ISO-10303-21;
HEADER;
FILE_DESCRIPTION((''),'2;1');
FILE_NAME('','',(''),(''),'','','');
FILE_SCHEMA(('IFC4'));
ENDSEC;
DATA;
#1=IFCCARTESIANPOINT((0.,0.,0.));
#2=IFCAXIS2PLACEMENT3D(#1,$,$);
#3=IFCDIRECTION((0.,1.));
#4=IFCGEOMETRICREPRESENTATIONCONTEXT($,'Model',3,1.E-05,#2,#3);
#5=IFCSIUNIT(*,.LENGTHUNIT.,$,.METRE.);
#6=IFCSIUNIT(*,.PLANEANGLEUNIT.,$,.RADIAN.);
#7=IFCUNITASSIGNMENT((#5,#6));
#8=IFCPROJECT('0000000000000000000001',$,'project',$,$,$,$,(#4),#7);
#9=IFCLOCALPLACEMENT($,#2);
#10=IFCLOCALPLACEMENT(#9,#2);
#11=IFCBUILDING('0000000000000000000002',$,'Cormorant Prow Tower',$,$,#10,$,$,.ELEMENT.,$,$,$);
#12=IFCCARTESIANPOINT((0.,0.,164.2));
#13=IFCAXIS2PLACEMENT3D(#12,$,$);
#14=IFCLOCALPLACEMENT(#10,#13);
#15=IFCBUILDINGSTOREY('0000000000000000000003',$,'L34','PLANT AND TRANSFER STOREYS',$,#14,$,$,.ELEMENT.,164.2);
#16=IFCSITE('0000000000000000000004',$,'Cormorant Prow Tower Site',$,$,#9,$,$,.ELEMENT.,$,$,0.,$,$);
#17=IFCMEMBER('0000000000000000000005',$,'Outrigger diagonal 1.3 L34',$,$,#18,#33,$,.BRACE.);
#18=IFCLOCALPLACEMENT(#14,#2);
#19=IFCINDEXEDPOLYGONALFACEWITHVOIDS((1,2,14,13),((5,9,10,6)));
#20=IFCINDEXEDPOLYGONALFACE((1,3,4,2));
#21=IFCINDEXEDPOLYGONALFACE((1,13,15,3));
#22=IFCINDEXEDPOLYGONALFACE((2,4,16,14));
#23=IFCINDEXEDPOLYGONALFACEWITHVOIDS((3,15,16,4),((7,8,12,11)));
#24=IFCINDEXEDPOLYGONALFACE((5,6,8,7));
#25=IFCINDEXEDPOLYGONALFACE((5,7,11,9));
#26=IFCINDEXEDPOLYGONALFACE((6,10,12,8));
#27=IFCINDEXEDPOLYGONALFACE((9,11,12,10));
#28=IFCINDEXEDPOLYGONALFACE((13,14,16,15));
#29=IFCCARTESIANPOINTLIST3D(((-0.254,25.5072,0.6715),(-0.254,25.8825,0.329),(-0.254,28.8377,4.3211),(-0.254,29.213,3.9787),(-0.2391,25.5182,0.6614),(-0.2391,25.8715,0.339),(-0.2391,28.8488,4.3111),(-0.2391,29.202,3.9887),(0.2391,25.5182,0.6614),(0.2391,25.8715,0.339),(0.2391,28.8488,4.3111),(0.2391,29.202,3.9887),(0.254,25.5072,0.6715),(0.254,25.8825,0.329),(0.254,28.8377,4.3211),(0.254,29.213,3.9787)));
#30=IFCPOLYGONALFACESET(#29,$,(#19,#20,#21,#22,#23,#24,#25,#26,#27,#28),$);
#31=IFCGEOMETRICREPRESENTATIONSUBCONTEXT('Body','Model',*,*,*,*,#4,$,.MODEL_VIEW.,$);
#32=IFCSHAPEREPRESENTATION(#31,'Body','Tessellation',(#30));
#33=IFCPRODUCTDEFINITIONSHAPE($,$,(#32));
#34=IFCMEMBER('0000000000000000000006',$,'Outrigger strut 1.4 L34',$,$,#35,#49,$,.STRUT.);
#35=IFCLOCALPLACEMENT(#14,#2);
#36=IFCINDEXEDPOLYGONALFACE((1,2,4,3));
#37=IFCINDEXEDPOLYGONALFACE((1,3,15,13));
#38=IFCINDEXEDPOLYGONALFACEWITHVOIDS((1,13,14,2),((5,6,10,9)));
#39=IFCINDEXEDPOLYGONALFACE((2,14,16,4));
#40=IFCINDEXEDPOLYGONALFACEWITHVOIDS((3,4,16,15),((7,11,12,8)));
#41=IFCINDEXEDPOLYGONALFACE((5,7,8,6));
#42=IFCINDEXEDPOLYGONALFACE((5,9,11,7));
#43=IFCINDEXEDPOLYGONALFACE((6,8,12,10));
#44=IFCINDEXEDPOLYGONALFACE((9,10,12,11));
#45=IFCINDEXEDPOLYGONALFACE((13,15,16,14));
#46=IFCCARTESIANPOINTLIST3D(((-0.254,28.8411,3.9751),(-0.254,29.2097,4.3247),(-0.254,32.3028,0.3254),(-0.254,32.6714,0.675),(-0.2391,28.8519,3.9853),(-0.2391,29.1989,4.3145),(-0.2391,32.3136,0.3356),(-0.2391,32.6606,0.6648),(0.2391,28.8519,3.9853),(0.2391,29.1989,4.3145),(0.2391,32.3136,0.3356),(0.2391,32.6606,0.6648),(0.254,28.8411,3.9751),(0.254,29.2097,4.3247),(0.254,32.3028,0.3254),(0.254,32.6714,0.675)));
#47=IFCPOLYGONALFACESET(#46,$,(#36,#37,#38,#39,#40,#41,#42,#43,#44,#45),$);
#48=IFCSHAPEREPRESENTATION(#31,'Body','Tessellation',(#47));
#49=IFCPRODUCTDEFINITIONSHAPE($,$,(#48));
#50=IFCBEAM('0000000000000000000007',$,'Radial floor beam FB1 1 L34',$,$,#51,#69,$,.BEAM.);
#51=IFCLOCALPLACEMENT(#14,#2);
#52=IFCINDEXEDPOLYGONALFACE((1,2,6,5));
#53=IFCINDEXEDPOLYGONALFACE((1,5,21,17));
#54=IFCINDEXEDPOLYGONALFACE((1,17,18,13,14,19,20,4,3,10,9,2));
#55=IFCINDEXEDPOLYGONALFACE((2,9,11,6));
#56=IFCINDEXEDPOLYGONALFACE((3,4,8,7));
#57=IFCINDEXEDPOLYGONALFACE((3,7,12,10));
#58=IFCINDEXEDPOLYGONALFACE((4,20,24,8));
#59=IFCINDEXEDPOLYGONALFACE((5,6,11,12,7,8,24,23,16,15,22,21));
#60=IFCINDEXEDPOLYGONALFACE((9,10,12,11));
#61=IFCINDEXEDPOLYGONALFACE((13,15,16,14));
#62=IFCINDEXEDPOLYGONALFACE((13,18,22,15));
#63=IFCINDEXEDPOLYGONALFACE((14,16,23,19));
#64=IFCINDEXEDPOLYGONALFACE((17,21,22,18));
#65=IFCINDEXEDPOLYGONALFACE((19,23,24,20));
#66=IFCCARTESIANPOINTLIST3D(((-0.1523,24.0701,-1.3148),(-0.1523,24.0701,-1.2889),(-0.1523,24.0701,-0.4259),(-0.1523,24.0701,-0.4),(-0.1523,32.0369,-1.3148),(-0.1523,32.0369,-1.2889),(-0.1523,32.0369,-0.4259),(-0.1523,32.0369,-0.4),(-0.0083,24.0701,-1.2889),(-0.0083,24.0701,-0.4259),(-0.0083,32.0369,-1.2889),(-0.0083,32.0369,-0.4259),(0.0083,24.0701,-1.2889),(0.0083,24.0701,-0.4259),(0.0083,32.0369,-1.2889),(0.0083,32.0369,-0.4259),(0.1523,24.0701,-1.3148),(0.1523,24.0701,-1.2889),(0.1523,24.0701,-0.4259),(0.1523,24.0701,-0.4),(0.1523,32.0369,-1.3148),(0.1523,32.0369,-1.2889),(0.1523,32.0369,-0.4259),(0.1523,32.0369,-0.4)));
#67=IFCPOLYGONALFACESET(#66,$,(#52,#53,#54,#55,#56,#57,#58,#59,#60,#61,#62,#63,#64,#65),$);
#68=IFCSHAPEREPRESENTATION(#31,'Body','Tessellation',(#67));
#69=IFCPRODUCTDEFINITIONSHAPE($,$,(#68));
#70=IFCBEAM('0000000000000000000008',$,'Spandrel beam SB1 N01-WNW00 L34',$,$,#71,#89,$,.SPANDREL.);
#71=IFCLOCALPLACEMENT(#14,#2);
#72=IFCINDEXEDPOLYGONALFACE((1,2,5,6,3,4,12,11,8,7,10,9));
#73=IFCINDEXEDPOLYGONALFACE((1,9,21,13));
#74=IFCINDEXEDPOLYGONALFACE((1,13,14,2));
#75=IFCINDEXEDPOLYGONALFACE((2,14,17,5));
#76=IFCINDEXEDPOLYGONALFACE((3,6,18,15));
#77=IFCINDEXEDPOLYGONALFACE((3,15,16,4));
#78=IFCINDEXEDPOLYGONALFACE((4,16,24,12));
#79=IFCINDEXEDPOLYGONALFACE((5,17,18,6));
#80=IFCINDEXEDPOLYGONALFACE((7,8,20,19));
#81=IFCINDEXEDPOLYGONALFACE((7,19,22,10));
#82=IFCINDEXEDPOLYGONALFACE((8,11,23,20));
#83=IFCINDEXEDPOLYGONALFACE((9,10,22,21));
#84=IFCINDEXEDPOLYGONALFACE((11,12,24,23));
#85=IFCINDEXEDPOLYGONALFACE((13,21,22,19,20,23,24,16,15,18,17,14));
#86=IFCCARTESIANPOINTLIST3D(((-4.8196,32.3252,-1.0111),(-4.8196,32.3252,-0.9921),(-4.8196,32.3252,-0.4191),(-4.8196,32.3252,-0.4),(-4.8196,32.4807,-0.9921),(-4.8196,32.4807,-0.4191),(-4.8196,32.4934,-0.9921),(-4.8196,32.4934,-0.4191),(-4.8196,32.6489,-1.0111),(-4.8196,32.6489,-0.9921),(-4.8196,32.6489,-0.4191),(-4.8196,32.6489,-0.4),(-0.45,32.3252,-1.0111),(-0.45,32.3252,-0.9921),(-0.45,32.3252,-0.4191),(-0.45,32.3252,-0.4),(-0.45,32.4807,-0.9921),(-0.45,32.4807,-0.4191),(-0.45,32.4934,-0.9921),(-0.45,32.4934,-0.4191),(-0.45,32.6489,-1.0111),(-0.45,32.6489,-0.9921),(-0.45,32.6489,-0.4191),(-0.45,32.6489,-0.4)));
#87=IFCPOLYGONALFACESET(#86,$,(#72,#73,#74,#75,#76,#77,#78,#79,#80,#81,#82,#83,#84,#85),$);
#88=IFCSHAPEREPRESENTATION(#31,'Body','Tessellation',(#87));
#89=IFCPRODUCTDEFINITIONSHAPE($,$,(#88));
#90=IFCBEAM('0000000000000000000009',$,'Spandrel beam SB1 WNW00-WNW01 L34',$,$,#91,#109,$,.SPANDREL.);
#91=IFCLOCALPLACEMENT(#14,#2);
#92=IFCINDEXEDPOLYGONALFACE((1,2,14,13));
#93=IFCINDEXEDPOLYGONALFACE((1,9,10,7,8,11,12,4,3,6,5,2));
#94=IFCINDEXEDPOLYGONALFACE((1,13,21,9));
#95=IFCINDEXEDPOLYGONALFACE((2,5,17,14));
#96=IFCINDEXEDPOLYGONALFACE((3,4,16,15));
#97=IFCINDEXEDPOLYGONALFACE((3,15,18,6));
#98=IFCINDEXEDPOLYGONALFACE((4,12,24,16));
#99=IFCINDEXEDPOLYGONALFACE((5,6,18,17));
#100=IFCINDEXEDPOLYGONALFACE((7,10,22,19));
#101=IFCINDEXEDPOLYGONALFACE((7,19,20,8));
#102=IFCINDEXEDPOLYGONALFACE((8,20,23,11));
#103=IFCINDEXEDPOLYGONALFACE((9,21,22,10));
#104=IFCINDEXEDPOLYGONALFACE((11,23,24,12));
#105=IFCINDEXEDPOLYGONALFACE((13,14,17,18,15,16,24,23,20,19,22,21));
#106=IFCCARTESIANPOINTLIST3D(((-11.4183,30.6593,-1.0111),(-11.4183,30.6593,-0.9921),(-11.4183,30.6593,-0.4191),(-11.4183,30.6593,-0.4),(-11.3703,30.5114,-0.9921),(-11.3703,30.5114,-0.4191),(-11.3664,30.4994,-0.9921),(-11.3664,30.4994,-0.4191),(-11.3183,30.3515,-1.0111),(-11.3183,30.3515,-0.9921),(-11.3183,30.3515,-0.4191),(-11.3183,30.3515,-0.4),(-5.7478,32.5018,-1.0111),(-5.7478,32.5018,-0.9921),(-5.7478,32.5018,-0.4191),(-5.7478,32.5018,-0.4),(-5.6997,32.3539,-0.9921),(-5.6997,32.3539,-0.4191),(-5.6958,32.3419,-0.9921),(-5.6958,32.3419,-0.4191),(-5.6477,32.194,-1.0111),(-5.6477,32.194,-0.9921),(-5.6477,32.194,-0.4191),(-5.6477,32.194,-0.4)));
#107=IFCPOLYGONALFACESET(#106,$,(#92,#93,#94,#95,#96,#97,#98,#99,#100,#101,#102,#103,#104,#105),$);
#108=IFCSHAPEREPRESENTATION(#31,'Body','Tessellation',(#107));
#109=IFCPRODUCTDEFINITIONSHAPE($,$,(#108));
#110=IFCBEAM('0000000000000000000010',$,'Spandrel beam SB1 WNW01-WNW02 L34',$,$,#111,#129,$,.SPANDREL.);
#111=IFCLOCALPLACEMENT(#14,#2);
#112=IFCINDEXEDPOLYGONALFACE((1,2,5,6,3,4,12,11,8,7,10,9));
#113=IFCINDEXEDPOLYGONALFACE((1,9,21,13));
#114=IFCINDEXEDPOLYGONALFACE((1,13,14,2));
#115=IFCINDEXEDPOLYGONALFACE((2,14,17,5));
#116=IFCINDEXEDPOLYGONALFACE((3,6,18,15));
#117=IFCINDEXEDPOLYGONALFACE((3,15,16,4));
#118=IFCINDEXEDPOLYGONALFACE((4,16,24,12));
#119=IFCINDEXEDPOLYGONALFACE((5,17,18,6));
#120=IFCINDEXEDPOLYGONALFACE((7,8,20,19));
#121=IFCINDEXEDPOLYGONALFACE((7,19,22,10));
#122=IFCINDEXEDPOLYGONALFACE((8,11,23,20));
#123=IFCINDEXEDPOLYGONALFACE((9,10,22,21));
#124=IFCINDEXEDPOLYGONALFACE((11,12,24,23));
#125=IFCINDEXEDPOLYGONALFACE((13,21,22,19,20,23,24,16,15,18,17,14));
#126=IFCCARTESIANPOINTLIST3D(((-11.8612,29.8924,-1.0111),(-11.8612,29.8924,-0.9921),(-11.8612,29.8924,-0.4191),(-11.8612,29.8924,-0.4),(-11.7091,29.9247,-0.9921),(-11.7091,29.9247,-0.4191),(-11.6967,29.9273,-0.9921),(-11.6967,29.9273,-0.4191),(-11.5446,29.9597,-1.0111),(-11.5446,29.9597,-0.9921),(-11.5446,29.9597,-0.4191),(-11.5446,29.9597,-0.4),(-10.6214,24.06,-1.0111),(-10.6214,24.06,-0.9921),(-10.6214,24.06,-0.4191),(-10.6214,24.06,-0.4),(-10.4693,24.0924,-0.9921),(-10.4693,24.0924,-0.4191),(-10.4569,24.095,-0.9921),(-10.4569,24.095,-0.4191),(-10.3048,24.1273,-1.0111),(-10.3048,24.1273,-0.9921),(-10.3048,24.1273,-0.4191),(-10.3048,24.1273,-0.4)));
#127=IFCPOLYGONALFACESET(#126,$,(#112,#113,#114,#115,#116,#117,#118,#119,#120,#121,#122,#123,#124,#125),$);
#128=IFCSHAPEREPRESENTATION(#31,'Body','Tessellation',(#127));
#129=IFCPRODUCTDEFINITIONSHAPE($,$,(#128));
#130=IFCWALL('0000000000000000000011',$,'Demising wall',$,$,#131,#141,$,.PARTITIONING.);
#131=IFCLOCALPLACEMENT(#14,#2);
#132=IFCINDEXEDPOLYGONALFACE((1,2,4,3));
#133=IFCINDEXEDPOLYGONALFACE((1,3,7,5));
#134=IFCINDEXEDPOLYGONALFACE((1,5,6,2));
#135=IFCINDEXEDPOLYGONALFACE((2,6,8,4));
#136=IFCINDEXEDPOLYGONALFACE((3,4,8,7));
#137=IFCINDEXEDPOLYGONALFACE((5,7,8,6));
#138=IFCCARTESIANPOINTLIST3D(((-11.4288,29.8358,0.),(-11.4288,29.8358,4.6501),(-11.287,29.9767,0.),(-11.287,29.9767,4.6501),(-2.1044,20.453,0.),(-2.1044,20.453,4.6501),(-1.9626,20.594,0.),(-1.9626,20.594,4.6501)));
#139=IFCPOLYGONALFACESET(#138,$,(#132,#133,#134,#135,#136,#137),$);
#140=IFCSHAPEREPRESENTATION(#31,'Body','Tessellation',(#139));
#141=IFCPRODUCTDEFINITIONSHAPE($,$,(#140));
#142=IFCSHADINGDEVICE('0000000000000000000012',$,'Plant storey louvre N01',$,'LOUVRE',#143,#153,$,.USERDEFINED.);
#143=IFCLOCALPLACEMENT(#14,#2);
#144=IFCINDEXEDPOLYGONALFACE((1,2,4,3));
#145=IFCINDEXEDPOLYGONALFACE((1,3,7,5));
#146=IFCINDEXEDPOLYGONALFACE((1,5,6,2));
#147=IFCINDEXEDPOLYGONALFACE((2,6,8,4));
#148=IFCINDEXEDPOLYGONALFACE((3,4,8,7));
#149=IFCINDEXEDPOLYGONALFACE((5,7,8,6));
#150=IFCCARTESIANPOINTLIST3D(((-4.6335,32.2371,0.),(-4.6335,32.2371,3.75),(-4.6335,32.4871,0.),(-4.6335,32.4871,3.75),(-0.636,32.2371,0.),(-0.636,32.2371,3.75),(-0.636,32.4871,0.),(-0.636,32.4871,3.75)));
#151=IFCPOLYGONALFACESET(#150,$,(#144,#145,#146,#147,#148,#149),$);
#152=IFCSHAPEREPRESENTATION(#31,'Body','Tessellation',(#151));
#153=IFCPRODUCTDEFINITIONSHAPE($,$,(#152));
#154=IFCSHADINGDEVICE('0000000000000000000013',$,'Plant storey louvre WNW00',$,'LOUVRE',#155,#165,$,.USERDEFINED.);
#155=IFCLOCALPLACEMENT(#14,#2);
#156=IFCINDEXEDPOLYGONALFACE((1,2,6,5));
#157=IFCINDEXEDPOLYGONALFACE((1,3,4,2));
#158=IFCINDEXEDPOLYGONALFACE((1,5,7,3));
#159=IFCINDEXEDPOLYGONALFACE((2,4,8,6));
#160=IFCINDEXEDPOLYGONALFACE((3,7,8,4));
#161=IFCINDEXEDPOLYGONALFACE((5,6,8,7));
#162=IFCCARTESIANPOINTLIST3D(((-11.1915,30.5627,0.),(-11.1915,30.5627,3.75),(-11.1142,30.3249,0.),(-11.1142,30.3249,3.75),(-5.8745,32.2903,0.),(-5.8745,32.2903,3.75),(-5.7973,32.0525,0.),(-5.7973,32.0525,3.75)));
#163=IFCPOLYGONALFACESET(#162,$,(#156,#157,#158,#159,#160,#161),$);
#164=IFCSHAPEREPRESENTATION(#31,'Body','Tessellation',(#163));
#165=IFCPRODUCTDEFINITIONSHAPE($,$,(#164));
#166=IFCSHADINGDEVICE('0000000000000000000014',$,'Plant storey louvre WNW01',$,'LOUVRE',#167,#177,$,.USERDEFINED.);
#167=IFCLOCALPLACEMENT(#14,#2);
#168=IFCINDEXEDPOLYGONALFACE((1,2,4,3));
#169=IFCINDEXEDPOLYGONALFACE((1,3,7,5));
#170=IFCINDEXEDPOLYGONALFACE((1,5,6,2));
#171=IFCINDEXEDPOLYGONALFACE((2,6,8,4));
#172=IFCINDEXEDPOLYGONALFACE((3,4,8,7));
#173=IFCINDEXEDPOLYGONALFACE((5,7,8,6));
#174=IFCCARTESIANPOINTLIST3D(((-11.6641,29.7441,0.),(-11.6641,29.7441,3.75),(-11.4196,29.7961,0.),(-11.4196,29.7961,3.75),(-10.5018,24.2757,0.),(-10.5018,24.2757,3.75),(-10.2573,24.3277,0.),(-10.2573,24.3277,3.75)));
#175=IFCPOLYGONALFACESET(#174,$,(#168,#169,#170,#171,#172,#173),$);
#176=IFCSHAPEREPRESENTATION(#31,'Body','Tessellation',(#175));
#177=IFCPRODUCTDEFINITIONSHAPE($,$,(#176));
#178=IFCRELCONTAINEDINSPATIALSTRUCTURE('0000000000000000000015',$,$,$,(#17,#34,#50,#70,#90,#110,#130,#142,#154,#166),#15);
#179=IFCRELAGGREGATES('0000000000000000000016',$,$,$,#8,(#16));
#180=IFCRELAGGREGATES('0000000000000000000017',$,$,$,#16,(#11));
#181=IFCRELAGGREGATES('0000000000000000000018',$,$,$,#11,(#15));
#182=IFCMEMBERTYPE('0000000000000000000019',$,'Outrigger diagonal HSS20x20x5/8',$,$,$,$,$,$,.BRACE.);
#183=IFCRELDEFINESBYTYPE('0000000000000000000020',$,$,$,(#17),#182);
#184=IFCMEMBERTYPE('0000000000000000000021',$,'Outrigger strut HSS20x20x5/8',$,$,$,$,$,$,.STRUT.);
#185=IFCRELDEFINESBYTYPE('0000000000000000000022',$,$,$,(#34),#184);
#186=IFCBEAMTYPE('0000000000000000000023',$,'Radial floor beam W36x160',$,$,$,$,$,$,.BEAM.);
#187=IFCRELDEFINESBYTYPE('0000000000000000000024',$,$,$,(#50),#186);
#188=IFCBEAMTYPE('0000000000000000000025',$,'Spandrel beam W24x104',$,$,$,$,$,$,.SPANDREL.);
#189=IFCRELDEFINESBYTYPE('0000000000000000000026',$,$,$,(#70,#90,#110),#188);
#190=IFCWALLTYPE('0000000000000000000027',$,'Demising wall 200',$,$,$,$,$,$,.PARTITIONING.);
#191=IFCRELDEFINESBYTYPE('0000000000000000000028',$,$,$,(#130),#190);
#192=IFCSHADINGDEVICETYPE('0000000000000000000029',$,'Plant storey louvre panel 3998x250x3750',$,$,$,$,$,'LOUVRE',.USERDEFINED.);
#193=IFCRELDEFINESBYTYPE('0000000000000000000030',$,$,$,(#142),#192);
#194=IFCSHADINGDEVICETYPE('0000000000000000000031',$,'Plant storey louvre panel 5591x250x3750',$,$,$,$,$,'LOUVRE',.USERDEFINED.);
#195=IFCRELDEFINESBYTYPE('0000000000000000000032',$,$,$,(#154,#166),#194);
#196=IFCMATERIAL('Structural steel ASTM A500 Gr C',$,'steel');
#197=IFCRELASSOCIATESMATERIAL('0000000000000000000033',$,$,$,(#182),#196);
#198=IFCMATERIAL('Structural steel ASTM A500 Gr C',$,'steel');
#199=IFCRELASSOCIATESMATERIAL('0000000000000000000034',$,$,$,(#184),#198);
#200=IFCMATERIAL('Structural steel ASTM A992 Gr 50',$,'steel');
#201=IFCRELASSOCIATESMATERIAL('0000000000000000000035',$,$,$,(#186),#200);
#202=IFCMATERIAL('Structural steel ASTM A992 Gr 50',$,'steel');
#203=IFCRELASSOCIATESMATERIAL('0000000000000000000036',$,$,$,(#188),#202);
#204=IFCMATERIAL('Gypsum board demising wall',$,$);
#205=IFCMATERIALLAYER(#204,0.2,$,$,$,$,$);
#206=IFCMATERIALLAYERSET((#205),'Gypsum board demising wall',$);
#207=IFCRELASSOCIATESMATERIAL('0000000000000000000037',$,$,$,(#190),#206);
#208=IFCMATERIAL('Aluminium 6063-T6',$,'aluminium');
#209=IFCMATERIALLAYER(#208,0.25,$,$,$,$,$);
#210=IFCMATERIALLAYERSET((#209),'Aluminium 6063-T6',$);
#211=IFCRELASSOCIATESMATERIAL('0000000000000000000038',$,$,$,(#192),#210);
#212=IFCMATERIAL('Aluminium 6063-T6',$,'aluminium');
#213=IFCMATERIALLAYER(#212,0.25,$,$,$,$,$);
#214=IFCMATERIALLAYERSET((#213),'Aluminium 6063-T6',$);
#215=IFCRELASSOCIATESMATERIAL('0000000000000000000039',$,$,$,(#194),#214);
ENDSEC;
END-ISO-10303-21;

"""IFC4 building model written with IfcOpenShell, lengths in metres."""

from ifc_helpers import new_model, si_unit, direction, frame, frame_2d, origin, origin_2d, place, context, subcontext, project, spatial, rectangle, hollow_rectangle, i_section, extrude, material, layer, layer_set, material_profile, profile_set, type_object, element, save


model = new_model("IFC4")

# Units and contexts
model_context = context("Model", 3, precision=1e-05, world=origin(), true_north=direction((0.0, 1.0)))
body_context = subcontext(model_context, "Body", "Model", "MODEL_VIEW")
ifc_project = project(units=[si_unit("LENGTHUNIT", "METRE"), si_unit("PLANEANGLEUNIT", "RADIAN")], contexts=[model_context])

# Site, building, storey
site_placement = place(None, origin())
site = spatial("IfcSite", under=ifc_project, at=site_placement, Name="Cormorant Prow Tower Site", CompositionType="ELEMENT", RefElevation=0.0)
building_placement = place(site_placement, origin())
building = spatial("IfcBuilding", under=site, at=building_placement, Name="Cormorant Prow Tower", CompositionType="ELEMENT")
storey_placement = place(building_placement, frame((0.0, 0.0, 164.2)))
storey = spatial("IfcBuildingStorey", under=building, at=storey_placement, Name="L34", Description="PLANT AND TRANSFER STOREYS", CompositionType="ELEMENT", Elevation=164.2)

# Members
ifc_material_1 = material(Name="Structural steel ASTM A500 Gr C", Category="steel")
ifc_material_profile_1 = material_profile(ifc_material_1, hollow_rectangle(XDim=0.5081, YDim=0.5081, WallThickness=0.0149, at=origin_2d()), Name="HSS20x20x5/8")
ifc_profile_set_1 = profile_set([ifc_material_profile_1], Name="Structural steel ASTM A500 Gr C")
member_type_1 = type_object("IfcMemberType", Name="Outrigger diagonal HSS20x20x5/8", PredefinedType="BRACE", material=ifc_profile_set_1)
member_1_placement = place(storey_placement, frame((0.0, 25.6948, 0.5002), z_axis=(0.0, 0.674078, 0.73866), x_axis=(-1.0, 0.0, 0.0)))
element("IfcMember", 1, at=member_1_placement, inside=storey, type_object=member_type_1, Name="Outrigger diagonal 1.3 L34", PredefinedType="BRACE", context=body_context, shape_type="SweptSolid", body=[
    extrude(hollow_rectangle(XDim=0.5081, YDim=0.5081, WallThickness=0.0149, at=origin_2d()), origin(), (0.0, 0.0, 1.0), 4.9409),
])
ifc_material_2 = material(Name="Structural steel ASTM A500 Gr C", Category="steel")
ifc_material_profile_2 = material_profile(ifc_material_2, hollow_rectangle(XDim=0.5081, YDim=0.5081, WallThickness=0.0149, at=origin_2d()), Name="HSS20x20x5/8")
ifc_profile_set_2 = profile_set([ifc_material_profile_2], Name="Structural steel ASTM A500 Gr C")
member_type_2 = type_object("IfcMemberType", Name="Outrigger strut HSS20x20x5/8", PredefinedType="STRUT", material=ifc_profile_set_2)
member_2_placement = place(storey_placement, frame((0.0, 29.0254, 4.1499), z_axis=(0.0, 0.688174, -0.725546), x_axis=(-1.0, 0.0, 0.0)))
element("IfcMember", 2, at=member_2_placement, inside=storey, type_object=member_type_2, Name="Outrigger strut 1.4 L34", PredefinedType="STRUT", context=body_context, shape_type="SweptSolid", body=[
    extrude(hollow_rectangle(XDim=0.5081, YDim=0.5081, WallThickness=0.0149, at=origin_2d()), origin(), (0.0, 0.0, 1.0), 5.0303),
])

# Beams
ifc_material_3 = material(Name="Structural steel ASTM A992 Gr 50", Category="steel")
ifc_material_profile_3 = material_profile(ifc_material_3, i_section(OverallWidth=0.3047, OverallDepth=0.9148, WebThickness=0.0166, FlangeThickness=0.0259, at=origin_2d()), Name="W36x160")
ifc_profile_set_3 = profile_set([ifc_material_profile_3], Name="Structural steel ASTM A992 Gr 50")
beam_type_1 = type_object("IfcBeamType", Name="Radial floor beam W36x160", PredefinedType="BEAM", material=ifc_profile_set_3)
beam_1_placement = place(storey_placement, frame((0.0, 24.0701, -0.8574), z_axis=(0.0, 1.0, 0.0), x_axis=(-1.0, 0.0, 0.0)))
element("IfcBeam", 3, at=beam_1_placement, inside=storey, type_object=beam_type_1, Name="Radial floor beam FB1 1 L34", PredefinedType="BEAM", context=body_context, shape_type="SweptSolid", body=[
    extrude(i_section(OverallWidth=0.3047, OverallDepth=0.9148, WebThickness=0.0166, FlangeThickness=0.0259, at=origin_2d()), origin(), (0.0, 0.0, 1.0), 7.9668),
])
ifc_material_4 = material(Name="Structural steel ASTM A992 Gr 50", Category="steel")
ifc_material_profile_4 = material_profile(ifc_material_4, i_section(OverallWidth=0.3237, OverallDepth=0.6111, WebThickness=0.0127, FlangeThickness=0.019, at=origin_2d()), Name="W24x104")
ifc_profile_set_4 = profile_set([ifc_material_profile_4], Name="Structural steel ASTM A992 Gr 50")
beam_type_2 = type_object("IfcBeamType", Name="Spandrel beam W24x104", PredefinedType="SPANDREL", material=ifc_profile_set_4)
beam_2_placement = place(storey_placement, frame((-0.45, 32.4871, -0.7056), z_axis=(-1.0, 0.0, 0.0), x_axis=(0.0, -1.0, 0.0)))
element("IfcBeam", 4, at=beam_2_placement, inside=storey, type_object=beam_type_2, Name="Spandrel beam SB1 N01-WNW00 L34", PredefinedType="SPANDREL", context=body_context, shape_type="SweptSolid", body=[
    extrude(i_section(OverallWidth=0.3237, OverallDepth=0.6111, WebThickness=0.0127, FlangeThickness=0.019, at=origin_2d()), origin(), (0.0, 0.0, 1.0), 4.3696),
])
beam_3_placement = place(storey_placement, frame((-5.6978, 32.3479, -0.7056), z_axis=(-0.951055, -0.30902, 0.0), x_axis=(0.30902, -0.951055, 0.0)))
element("IfcBeam", 5, at=beam_3_placement, inside=storey, type_object=beam_type_2, Name="Spandrel beam SB1 WNW00-WNW01 L34", PredefinedType="SPANDREL", context=body_context, shape_type="SweptSolid", body=[
    extrude(i_section(OverallWidth=0.3237, OverallDepth=0.6111, WebThickness=0.0127, FlangeThickness=0.019, at=origin_2d()), origin(), (0.0, 0.0, 1.0), 5.9624),
])
beam_4_placement = place(storey_placement, frame((-11.7029, 29.926, -0.7056), z_axis=(0.207921, -0.978146, 0.0), x_axis=(0.978146, 0.207921, 0.0)))
element("IfcBeam", 6, at=beam_4_placement, inside=storey, type_object=beam_type_2, Name="Spandrel beam SB1 WNW01-WNW02 L34", PredefinedType="SPANDREL", context=body_context, shape_type="SweptSolid", body=[
    extrude(i_section(OverallWidth=0.3237, OverallDepth=0.6111, WebThickness=0.0127, FlangeThickness=0.019, at=origin_2d()), origin(), (0.0, 0.0, 1.0), 5.9626),
])

# Wall
ifc_material_5 = material(Name="Gypsum board demising wall")
ifc_layer_1 = layer(ifc_material_5, 0.2)
ifc_layer_set_1 = layer_set([ifc_layer_1], Name="Gypsum board demising wall")
wall_type = type_object("IfcWallType", Name="Demising wall 200", PredefinedType="PARTITIONING", material=ifc_layer_set_1)
wall_placement = place(storey_placement, frame((-11.3579, 29.9062, 0.0), z_axis=(0.0, 0.0, 1.0), x_axis=(0.704898, -0.709309, 0.0)))
element("IfcWall", 7, at=wall_placement, inside=storey, type_object=wall_type, Name="Demising wall", PredefinedType="PARTITIONING", context=body_context, shape_type="SweptSolid", body=[
    extrude(rectangle(XDim=13.228, YDim=0.2, at=frame_2d((6.614, 0.0))), origin(), (0.0, 0.0, 1.0), 4.6501),
])

# Shading devices
ifc_material_6 = material(Name="Aluminium 6063-T6", Category="aluminium")
ifc_layer_2 = layer(ifc_material_6, 0.25)
ifc_layer_set_2 = layer_set([ifc_layer_2], Name="Aluminium 6063-T6")
shading_device_type_1 = type_object("IfcShadingDeviceType", Name="Plant storey louvre panel 3998x250x3750", ElementType="LOUVRE", PredefinedType="USERDEFINED", material=ifc_layer_set_2)
shading_device_placement = place(storey_placement, frame((-2.6348, 32.3621, 0.0), z_axis=(0.0, 0.0, 1.0), x_axis=(-1.0, 0.0, 0.0)))
element("IfcShadingDevice", 8, at=shading_device_placement, inside=storey, type_object=shading_device_type_1, Name="Plant storey louvre N01", ObjectType="LOUVRE", PredefinedType="USERDEFINED", context=body_context, shape_type="SweptSolid", body=[
    extrude(rectangle(XDim=3.9976, YDim=0.25, at=origin_2d()), origin(), (0.0, 0.0, 1.0), 3.75),
])
ifc_material_7 = material(Name="Aluminium 6063-T6", Category="aluminium")
ifc_layer_3 = layer(ifc_material_7, 0.25)
ifc_layer_set_3 = layer_set([ifc_layer_3], Name="Aluminium 6063-T6")
shading_device_type_2 = type_object("IfcShadingDeviceType", Name="Plant storey louvre panel 5591x250x3750", ElementType="LOUVRE", PredefinedType="USERDEFINED", material=ifc_layer_set_3)
for number, where, z_axis, x_axis, name in (
    (9, (-8.4944, 31.3076, 0.0), (0.0, 0.0, 1.0), (-0.951056, -0.309017, 0.0), "Plant storey louvre WNW00"),
    (10, (-10.9607, 27.0359, 0.0), (0.0, 0.0, 1.0), (0.207912, -0.978148, 0.0), "Plant storey louvre WNW01"),
):
    element("IfcShadingDevice", number, at=place(storey_placement, frame(where, z_axis=z_axis, x_axis=x_axis)), inside=storey, type_object=shading_device_type_2, Name=name, ObjectType="LOUVRE", PredefinedType="USERDEFINED", context=body_context, shape_type="SweptSolid", body=[
        extrude(rectangle(XDim=5.5906, YDim=0.25, at=origin_2d()), origin(), (0.0, 0.0, 1.0), 3.75),
    ])

save(model, "model.ifc")
